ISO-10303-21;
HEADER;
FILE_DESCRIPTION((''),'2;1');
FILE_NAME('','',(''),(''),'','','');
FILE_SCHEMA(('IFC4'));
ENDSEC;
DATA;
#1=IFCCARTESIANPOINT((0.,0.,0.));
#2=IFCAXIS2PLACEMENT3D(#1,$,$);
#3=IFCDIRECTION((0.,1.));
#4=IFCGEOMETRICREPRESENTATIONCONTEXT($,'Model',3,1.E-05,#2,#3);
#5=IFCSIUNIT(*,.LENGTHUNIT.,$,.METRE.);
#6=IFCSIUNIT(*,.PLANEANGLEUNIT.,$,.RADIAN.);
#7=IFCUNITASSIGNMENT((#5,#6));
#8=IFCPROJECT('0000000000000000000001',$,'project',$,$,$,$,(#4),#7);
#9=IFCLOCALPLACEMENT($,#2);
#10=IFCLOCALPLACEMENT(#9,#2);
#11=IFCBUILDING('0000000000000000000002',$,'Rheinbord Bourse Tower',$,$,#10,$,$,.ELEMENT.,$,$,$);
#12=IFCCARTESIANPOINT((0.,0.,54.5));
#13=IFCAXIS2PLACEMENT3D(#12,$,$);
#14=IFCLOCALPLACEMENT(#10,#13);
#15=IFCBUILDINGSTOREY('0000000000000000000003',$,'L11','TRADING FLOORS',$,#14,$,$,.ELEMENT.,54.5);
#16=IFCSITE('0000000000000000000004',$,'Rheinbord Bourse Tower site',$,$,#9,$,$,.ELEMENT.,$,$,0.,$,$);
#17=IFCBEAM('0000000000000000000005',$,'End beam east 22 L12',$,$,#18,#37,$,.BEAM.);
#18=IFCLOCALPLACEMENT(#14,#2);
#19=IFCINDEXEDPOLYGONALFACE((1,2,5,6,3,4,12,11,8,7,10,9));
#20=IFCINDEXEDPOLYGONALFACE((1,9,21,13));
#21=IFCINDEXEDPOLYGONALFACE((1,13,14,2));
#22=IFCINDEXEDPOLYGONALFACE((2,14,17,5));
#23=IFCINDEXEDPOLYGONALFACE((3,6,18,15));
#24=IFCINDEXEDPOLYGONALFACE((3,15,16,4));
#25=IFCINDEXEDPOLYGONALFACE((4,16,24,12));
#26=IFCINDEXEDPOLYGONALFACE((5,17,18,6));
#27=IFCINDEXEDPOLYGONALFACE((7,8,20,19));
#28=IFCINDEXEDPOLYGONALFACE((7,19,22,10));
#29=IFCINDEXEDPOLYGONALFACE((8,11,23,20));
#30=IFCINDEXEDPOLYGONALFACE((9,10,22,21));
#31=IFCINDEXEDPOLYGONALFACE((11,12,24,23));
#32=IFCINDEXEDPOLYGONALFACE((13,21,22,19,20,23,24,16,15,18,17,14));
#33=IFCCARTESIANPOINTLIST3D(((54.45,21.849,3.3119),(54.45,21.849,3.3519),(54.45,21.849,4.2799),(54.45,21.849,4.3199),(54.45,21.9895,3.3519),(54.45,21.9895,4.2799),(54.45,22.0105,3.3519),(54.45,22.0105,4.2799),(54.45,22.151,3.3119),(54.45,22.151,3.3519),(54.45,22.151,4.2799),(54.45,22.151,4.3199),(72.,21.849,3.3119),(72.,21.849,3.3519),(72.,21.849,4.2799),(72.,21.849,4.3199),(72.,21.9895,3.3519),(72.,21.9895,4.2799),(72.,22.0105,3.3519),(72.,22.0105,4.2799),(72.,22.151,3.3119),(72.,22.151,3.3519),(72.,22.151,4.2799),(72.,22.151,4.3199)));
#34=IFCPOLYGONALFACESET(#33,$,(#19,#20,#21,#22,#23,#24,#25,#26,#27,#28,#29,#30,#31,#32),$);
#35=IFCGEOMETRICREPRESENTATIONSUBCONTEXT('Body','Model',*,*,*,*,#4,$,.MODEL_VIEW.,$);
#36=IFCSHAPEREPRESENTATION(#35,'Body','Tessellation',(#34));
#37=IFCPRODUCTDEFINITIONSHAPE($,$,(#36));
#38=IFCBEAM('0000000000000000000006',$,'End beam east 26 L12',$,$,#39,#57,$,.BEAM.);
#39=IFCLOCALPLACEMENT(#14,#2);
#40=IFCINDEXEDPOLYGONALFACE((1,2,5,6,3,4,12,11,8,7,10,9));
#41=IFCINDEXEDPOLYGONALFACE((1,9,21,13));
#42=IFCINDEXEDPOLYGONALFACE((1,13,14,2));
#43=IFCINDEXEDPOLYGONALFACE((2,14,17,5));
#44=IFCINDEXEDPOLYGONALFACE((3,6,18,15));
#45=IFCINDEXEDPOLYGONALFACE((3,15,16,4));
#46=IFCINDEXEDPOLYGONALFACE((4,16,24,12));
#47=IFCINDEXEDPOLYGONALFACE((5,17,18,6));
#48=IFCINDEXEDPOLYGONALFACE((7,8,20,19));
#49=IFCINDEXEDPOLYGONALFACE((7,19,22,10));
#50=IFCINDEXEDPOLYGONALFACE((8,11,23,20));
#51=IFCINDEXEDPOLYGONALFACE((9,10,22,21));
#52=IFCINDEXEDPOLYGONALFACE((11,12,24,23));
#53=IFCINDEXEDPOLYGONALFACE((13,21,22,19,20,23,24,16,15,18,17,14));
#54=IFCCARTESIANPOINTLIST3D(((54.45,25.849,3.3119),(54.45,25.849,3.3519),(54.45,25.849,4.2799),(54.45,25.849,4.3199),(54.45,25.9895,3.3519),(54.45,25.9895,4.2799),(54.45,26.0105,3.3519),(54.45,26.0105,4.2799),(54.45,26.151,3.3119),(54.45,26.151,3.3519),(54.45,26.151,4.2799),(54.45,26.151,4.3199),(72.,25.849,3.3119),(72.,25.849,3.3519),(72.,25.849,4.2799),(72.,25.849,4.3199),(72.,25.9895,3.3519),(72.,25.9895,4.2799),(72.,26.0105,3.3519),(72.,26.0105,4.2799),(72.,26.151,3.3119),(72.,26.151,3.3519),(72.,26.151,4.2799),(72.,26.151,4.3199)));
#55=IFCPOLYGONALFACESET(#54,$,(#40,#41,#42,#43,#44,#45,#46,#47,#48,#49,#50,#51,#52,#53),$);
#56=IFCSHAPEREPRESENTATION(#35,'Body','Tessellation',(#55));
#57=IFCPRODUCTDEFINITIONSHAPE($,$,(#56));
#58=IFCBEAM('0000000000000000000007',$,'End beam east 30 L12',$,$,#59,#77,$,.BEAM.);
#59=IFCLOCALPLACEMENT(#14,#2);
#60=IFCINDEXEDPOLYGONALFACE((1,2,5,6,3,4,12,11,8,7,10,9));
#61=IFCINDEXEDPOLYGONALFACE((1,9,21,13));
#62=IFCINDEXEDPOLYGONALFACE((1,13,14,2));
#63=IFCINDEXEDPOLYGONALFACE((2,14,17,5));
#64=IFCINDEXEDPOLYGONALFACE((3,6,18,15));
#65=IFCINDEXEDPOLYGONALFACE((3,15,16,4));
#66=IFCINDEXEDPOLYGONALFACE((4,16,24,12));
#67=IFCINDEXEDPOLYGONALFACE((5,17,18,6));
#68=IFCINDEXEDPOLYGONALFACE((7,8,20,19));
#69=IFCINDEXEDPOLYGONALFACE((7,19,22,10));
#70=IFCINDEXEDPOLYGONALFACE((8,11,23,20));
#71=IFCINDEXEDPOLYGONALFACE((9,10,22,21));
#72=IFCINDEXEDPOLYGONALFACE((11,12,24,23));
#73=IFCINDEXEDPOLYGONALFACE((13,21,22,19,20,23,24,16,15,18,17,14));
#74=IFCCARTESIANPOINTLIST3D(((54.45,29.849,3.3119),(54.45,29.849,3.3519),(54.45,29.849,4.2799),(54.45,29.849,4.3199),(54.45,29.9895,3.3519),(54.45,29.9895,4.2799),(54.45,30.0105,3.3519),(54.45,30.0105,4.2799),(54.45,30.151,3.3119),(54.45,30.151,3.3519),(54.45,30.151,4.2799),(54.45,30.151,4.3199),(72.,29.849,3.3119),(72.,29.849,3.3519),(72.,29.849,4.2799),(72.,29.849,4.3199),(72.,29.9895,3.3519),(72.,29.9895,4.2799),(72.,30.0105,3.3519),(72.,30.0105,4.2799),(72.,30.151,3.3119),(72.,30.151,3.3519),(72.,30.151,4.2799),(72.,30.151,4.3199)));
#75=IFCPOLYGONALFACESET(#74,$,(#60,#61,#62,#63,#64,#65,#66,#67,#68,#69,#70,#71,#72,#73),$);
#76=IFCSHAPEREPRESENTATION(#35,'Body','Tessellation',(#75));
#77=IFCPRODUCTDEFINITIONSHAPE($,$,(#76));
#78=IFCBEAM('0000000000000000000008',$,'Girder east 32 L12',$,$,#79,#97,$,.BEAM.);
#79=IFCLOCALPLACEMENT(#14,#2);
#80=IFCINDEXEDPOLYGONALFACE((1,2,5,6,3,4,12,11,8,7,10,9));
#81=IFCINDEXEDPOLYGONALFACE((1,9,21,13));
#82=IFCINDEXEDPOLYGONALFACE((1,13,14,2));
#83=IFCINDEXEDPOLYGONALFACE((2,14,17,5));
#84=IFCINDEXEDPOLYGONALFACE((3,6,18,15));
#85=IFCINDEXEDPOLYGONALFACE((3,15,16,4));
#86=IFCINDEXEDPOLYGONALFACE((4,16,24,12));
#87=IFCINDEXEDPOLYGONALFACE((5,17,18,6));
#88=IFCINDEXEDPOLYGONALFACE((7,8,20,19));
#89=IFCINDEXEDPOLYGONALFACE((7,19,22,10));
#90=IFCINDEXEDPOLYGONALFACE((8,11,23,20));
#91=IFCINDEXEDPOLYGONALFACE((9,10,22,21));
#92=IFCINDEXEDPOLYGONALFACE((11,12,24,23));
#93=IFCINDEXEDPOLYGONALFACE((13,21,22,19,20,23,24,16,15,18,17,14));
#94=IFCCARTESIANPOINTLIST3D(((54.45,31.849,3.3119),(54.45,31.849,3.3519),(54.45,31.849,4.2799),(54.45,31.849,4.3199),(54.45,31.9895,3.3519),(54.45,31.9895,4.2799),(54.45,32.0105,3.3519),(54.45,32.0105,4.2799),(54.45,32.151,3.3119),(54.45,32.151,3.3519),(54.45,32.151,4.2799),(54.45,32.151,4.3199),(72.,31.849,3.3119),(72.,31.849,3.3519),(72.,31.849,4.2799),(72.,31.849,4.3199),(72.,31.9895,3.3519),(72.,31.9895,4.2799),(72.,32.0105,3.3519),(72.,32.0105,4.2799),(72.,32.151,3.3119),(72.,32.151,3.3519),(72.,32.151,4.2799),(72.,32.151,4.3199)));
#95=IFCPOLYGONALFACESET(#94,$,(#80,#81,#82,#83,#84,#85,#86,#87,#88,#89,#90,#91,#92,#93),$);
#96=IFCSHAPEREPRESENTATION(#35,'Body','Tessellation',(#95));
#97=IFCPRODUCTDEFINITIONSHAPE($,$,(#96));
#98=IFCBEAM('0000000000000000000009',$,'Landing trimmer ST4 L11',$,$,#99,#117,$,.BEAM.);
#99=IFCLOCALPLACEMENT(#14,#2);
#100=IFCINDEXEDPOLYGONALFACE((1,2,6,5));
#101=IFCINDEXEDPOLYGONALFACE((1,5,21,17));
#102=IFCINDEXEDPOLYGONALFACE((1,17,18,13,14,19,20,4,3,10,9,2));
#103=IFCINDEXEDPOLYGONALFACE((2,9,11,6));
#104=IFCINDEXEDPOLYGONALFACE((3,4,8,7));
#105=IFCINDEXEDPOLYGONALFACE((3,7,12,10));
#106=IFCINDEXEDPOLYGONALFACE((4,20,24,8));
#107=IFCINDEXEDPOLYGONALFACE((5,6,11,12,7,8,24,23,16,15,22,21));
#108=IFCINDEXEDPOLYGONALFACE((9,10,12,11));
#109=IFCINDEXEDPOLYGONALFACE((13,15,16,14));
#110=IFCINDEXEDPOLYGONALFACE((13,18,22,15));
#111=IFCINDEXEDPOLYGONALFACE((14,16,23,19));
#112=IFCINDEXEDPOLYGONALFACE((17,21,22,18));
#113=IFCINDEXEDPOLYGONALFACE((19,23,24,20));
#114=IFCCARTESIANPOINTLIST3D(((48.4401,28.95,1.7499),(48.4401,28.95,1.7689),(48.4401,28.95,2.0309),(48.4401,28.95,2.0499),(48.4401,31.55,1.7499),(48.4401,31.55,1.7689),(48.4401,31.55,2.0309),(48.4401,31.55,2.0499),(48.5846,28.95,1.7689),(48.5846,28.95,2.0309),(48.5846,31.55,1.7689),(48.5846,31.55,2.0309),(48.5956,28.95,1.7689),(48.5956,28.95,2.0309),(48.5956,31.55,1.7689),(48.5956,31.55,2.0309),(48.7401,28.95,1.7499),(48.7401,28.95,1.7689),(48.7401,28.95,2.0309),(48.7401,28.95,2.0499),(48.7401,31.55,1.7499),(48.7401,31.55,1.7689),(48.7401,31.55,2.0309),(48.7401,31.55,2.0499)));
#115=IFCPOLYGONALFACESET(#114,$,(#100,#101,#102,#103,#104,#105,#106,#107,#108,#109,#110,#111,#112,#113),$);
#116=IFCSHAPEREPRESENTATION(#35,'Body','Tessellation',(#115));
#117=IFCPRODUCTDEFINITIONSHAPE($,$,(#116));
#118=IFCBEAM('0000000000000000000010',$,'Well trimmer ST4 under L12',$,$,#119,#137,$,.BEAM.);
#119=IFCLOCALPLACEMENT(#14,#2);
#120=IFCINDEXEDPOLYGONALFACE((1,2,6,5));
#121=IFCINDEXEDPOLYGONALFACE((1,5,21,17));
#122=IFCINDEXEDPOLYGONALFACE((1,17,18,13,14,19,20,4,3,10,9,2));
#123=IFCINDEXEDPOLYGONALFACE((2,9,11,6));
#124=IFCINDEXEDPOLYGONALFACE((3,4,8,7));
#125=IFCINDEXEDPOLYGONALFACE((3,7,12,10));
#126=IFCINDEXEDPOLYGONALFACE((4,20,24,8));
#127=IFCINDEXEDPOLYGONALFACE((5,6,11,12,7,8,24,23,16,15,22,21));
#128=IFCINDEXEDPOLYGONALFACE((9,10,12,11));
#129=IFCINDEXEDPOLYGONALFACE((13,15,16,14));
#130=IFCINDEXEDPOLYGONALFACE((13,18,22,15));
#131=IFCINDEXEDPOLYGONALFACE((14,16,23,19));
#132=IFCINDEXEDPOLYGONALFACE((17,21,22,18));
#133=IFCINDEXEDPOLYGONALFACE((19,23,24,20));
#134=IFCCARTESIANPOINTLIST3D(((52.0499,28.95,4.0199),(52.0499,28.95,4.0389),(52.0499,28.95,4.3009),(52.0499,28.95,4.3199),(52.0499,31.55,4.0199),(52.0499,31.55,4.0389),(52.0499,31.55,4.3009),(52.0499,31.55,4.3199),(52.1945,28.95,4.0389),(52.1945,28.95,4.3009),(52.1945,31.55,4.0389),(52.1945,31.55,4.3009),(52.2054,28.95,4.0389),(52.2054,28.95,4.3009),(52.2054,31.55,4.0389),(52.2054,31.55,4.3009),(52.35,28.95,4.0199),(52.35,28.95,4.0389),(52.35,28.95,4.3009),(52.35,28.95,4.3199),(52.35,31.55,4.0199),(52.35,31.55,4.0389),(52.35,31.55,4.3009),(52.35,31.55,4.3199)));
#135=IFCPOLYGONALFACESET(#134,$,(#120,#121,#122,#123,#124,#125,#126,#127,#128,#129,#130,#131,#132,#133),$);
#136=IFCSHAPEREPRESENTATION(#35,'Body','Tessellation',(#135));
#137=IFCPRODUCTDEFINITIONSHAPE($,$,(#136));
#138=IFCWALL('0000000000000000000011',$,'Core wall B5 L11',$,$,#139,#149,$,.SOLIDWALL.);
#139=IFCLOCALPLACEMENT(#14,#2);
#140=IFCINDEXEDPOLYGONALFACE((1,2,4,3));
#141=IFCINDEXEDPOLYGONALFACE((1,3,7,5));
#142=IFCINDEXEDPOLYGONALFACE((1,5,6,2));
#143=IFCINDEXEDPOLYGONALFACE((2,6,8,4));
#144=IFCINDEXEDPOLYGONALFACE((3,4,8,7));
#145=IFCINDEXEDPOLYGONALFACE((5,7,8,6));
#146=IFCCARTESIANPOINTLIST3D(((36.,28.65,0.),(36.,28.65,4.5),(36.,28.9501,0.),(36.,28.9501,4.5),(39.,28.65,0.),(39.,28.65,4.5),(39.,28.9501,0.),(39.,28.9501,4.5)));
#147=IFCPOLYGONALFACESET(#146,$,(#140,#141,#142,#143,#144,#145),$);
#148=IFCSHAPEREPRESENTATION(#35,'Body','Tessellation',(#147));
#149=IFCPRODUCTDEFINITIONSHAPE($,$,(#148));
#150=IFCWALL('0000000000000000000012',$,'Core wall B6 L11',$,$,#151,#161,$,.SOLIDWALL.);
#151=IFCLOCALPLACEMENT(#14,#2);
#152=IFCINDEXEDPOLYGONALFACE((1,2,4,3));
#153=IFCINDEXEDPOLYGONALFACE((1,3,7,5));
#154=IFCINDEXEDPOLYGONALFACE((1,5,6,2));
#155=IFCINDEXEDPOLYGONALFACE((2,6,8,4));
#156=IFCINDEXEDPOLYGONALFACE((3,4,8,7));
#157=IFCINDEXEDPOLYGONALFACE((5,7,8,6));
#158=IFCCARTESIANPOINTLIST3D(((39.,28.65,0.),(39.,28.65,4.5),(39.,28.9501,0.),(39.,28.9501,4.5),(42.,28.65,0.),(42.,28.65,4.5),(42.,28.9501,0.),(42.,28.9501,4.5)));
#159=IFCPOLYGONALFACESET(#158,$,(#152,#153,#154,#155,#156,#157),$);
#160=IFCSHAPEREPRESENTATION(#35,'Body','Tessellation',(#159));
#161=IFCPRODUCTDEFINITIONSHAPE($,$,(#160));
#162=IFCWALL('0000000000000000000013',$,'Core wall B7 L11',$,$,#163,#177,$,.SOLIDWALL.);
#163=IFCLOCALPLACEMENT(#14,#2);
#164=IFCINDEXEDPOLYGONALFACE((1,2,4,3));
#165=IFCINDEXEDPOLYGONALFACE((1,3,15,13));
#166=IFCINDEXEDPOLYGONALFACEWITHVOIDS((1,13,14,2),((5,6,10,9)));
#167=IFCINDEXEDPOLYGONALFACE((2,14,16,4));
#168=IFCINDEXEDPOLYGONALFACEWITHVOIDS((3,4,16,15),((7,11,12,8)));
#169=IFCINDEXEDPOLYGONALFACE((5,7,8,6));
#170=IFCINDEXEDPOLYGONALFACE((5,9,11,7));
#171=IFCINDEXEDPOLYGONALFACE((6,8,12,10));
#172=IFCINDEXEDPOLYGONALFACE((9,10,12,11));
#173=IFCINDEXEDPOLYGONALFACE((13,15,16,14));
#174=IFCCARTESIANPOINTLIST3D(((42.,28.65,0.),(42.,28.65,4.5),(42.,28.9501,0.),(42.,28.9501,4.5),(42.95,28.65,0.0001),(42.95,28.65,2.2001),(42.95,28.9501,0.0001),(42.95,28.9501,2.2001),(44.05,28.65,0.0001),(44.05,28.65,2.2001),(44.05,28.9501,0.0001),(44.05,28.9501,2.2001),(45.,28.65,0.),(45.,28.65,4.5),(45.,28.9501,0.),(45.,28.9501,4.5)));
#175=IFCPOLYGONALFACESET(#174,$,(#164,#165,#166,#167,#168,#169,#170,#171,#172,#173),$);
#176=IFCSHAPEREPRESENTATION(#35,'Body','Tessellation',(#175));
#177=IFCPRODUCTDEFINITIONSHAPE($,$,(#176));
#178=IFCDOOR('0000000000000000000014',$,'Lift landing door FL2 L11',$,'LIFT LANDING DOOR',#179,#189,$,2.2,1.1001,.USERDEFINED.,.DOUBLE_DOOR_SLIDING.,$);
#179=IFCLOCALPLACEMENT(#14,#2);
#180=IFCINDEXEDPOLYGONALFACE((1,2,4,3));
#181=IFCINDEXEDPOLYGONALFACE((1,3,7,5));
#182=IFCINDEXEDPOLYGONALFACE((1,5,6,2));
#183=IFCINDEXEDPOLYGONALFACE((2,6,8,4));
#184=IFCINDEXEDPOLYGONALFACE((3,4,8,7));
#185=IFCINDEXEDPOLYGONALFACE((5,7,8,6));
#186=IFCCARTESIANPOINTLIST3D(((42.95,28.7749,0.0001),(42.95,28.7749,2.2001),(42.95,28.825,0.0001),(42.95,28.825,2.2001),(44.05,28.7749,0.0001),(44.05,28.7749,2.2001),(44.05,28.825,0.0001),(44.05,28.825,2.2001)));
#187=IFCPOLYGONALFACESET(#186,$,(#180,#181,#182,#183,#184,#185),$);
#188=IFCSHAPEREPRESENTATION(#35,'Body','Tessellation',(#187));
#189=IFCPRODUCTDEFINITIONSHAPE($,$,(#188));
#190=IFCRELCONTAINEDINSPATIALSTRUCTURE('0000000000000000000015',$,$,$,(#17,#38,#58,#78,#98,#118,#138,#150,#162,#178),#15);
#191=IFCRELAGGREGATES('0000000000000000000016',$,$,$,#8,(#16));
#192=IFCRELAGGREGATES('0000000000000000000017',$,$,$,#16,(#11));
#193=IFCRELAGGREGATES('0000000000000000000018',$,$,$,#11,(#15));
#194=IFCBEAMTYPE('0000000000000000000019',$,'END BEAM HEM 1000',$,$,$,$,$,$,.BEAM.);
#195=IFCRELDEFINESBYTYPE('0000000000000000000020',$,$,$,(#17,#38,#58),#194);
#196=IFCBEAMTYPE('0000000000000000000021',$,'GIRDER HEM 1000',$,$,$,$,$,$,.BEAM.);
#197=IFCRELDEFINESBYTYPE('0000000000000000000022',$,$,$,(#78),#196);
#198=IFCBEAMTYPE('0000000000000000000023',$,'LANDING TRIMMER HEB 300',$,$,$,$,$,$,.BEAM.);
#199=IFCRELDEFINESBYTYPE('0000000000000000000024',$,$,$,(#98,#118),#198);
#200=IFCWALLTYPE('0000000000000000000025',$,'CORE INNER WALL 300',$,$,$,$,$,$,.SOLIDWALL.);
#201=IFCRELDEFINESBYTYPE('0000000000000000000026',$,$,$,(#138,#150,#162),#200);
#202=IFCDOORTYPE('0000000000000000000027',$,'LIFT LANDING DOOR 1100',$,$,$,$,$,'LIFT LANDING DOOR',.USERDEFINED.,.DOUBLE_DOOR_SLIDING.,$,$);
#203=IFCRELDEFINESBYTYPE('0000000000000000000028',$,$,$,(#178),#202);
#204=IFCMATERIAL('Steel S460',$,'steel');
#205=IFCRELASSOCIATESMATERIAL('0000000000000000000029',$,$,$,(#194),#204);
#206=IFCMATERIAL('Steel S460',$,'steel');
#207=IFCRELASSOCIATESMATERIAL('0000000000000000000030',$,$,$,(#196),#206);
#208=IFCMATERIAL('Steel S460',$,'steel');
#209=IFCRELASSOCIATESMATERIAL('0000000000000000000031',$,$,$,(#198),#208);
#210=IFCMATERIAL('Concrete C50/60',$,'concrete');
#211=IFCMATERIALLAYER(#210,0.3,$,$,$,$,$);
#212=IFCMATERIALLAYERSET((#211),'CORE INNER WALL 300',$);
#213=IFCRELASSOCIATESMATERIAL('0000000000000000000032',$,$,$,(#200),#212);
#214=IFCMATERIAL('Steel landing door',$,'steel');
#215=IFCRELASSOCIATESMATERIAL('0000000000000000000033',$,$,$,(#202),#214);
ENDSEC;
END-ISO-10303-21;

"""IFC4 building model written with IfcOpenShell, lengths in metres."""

from ifc_helpers import new_model, si_unit, direction, frame, frame_2d, origin, origin_2d, place, context, subcontext, project, spatial, rectangle, i_section, extrude, material, layer, layer_set, material_profile, profile_set, type_object, element, fill, save


model = new_model("IFC4")

# Units and contexts
model_context = context("Model", 3, precision=1e-05, world=origin(), true_north=direction((0.0, 1.0)))
body_context = subcontext(model_context, "Body", "Model", "MODEL_VIEW")
ifc_project = project(units=[si_unit("LENGTHUNIT", "METRE"), si_unit("PLANEANGLEUNIT", "RADIAN")], contexts=[model_context])

# Site, building, storey
site_placement = place(None, origin())
site = spatial("IfcSite", under=ifc_project, at=site_placement, Name="Rheinbord Bourse Tower site", CompositionType="ELEMENT", RefElevation=0.0)
building_placement = place(site_placement, origin())
building = spatial("IfcBuilding", under=site, at=building_placement, Name="Rheinbord Bourse Tower", CompositionType="ELEMENT")
storey_placement = place(building_placement, frame((0.0, 0.0, 54.5)))
storey = spatial("IfcBuildingStorey", under=building, at=storey_placement, Name="L11", Description="TRADING FLOORS", CompositionType="ELEMENT", Elevation=54.5)

# Beams
ifc_material_1 = material(Name="Steel S460", Category="steel")
ifc_material_profile_1 = material_profile(ifc_material_1, i_section(OverallWidth=0.302, OverallDepth=1.0081, WebThickness=0.021, FlangeThickness=0.04, at=origin_2d()), Name="HEM 1000")
ifc_profile_set_1 = profile_set([ifc_material_profile_1], Name="Steel S460")
beam_type_1 = type_object("IfcBeamType", Name="END BEAM HEM 1000", PredefinedType="BEAM", material=ifc_profile_set_1)
for number, where, z_axis, x_axis, name in (
    (1, (54.45, 22.0, 3.8159), (1.0, 0.0, 0.0), (0.0, 1.0, 0.0), "End beam east 22 L12"),
    (2, (54.45, 26.0, 3.8159), (1.0, 0.0, 0.0), (0.0, 1.0, 0.0), "End beam east 26 L12"),
    (3, (54.45, 30.0, 3.8159), (1.0, 0.0, 0.0), (0.0, 1.0, 0.0), "End beam east 30 L12"),
):
    element("IfcBeam", number, at=place(storey_placement, frame(where, z_axis=z_axis, x_axis=x_axis)), inside=storey, type_object=beam_type_1, Name=name, PredefinedType="BEAM", context=body_context, shape_type="SweptSolid", body=[
        extrude(i_section(OverallWidth=0.302, OverallDepth=1.0081, WebThickness=0.021, FlangeThickness=0.04, at=origin_2d()), origin(), (0.0, 0.0, 1.0), 17.55),
    ])
ifc_material_2 = material(Name="Steel S460", Category="steel")
ifc_material_profile_2 = material_profile(ifc_material_2, i_section(OverallWidth=0.302, OverallDepth=1.0081, WebThickness=0.021, FlangeThickness=0.04, at=origin_2d()), Name="HEM 1000")
ifc_profile_set_2 = profile_set([ifc_material_profile_2], Name="Steel S460")
beam_type_2 = type_object("IfcBeamType", Name="GIRDER HEM 1000", PredefinedType="BEAM", material=ifc_profile_set_2)
beam_placement = place(storey_placement, frame((54.45, 32.0, 3.8159), z_axis=(1.0, 0.0, 0.0), x_axis=(0.0, 1.0, 0.0)))
element("IfcBeam", 4, at=beam_placement, inside=storey, type_object=beam_type_2, Name="Girder east 32 L12", PredefinedType="BEAM", context=body_context, shape_type="SweptSolid", body=[
    extrude(i_section(OverallWidth=0.302, OverallDepth=1.0081, WebThickness=0.021, FlangeThickness=0.04, at=origin_2d()), origin(), (0.0, 0.0, 1.0), 17.55),
])
ifc_material_3 = material(Name="Steel S460", Category="steel")
ifc_material_profile_3 = material_profile(ifc_material_3, i_section(OverallWidth=0.3, OverallDepth=0.3, WebThickness=0.011, FlangeThickness=0.019, at=origin_2d()), Name="HEB 300")
ifc_profile_set_3 = profile_set([ifc_material_profile_3], Name="Steel S460")
beam_type_3 = type_object("IfcBeamType", Name="LANDING TRIMMER HEB 300", PredefinedType="BEAM", material=ifc_profile_set_3)
for number, where, z_axis, x_axis, name in (
    (5, (48.5901, 28.95, 1.8999), (0.0, 1.0, 0.0), (-1.0, 0.0, 0.0), "Landing trimmer ST4 L11"),
    (6, (52.2, 28.95, 4.1699), (0.0, 1.0, 0.0), (-1.0, 0.0, 0.0), "Well trimmer ST4 under L12"),
):
    element("IfcBeam", number, at=place(storey_placement, frame(where, z_axis=z_axis, x_axis=x_axis)), inside=storey, type_object=beam_type_3, Name=name, PredefinedType="BEAM", context=body_context, shape_type="SweptSolid", body=[
        extrude(i_section(OverallWidth=0.3, OverallDepth=0.3, WebThickness=0.011, FlangeThickness=0.019, at=origin_2d()), origin(), (0.0, 0.0, 1.0), 2.6001),
    ])

# Walls
ifc_material_4 = material(Name="Concrete C50/60", Category="concrete")
ifc_layer_1 = layer(ifc_material_4, 0.3)
ifc_layer_set_1 = layer_set([ifc_layer_1], Name="CORE INNER WALL 300")
wall_type_1 = type_object("IfcWallType", Name="CORE INNER WALL 300", PredefinedType="SOLIDWALL", material=ifc_layer_set_1)
for number, where, z_axis, x_axis, name in (
    (7, (36.0, 28.8, 0.0), (0.0, 0.0, 1.0), (1.0, 0.0, 0.0), "Core wall B5 L11"),
    (8, (39.0, 28.8, 0.0), (0.0, 0.0, 1.0), (1.0, 0.0, 0.0), "Core wall B6 L11"),
):
    element("IfcWall", number, at=place(storey_placement, frame(where, z_axis=z_axis, x_axis=x_axis)), inside=storey, type_object=wall_type_1, Name=name, PredefinedType="SOLIDWALL", context=body_context, shape_type="SweptSolid", body=[
        extrude(rectangle(XDim=3.0, YDim=0.3, at=frame_2d((1.5, 0.0))), origin(), (0.0, 0.0, 1.0), 4.5),
    ])

# Wall, opening, door
wall_1_placement = place(storey_placement, frame((42.0, 28.8, 0.0), z_axis=(0.0, 0.0, 1.0), x_axis=(1.0, 0.0, 0.0)))
wall_1 = element("IfcWall", 9, at=wall_1_placement, inside=storey, type_object=wall_type_1, Name="Core wall B7 L11", PredefinedType="SOLIDWALL", context=body_context, shape_type="SweptSolid", body=[
    extrude(rectangle(XDim=3.0, YDim=0.3, at=frame_2d((1.5, 0.0))), origin(), (0.0, 0.0, 1.0), 4.5),
])
opening_1_placement = place(wall_1_placement, frame((0.95, 0.0, 0.0)))
opening_1 = element("IfcOpeningElement", 10, at=opening_1_placement, cuts=wall_1, PredefinedType="OPENING", context=body_context, shape_type="SweptSolid", body=[
    extrude(rectangle(XDim=1.1001, YDim=2.2, at=frame_2d((0.55, 1.1001))), frame((0.0, 0.1599, 0.0), z_axis=(0.0, -1.0, 0.0), x_axis=(1.0, 0.0, 0.0)), (0.0, 0.0, 1.0), 0.3201),
])
ifc_material_5 = material(Name="Steel landing door", Category="steel")
door_type_1 = type_object("IfcDoorType", Name="LIFT LANDING DOOR 1100", ElementType="LIFT LANDING DOOR", OperationType="DOUBLE_DOOR_SLIDING", PredefinedType="USERDEFINED", material=ifc_material_5)
door_1_placement = place(opening_1_placement, origin())
door_1 = element("IfcDoor", 11, at=door_1_placement, inside=storey, type_object=door_type_1, Name="Lift landing door FL2 L11", ObjectType="LIFT LANDING DOOR", OperationType="DOUBLE_DOOR_SLIDING", OverallHeight=2.2, OverallWidth=1.1001, PredefinedType="USERDEFINED", context=body_context, shape_type="SweptSolid", body=[
    extrude(rectangle(XDim=1.1001, YDim=2.2, at=frame_2d((0.55, 1.1001))), frame((0.0, 0.0249, 0.0), z_axis=(0.0, -1.0, 0.0), x_axis=(1.0, 0.0, 0.0)), (0.0, 0.0, 1.0), 0.05),
])
fill(opening_1, door_1)

save(model, "model.ifc")
